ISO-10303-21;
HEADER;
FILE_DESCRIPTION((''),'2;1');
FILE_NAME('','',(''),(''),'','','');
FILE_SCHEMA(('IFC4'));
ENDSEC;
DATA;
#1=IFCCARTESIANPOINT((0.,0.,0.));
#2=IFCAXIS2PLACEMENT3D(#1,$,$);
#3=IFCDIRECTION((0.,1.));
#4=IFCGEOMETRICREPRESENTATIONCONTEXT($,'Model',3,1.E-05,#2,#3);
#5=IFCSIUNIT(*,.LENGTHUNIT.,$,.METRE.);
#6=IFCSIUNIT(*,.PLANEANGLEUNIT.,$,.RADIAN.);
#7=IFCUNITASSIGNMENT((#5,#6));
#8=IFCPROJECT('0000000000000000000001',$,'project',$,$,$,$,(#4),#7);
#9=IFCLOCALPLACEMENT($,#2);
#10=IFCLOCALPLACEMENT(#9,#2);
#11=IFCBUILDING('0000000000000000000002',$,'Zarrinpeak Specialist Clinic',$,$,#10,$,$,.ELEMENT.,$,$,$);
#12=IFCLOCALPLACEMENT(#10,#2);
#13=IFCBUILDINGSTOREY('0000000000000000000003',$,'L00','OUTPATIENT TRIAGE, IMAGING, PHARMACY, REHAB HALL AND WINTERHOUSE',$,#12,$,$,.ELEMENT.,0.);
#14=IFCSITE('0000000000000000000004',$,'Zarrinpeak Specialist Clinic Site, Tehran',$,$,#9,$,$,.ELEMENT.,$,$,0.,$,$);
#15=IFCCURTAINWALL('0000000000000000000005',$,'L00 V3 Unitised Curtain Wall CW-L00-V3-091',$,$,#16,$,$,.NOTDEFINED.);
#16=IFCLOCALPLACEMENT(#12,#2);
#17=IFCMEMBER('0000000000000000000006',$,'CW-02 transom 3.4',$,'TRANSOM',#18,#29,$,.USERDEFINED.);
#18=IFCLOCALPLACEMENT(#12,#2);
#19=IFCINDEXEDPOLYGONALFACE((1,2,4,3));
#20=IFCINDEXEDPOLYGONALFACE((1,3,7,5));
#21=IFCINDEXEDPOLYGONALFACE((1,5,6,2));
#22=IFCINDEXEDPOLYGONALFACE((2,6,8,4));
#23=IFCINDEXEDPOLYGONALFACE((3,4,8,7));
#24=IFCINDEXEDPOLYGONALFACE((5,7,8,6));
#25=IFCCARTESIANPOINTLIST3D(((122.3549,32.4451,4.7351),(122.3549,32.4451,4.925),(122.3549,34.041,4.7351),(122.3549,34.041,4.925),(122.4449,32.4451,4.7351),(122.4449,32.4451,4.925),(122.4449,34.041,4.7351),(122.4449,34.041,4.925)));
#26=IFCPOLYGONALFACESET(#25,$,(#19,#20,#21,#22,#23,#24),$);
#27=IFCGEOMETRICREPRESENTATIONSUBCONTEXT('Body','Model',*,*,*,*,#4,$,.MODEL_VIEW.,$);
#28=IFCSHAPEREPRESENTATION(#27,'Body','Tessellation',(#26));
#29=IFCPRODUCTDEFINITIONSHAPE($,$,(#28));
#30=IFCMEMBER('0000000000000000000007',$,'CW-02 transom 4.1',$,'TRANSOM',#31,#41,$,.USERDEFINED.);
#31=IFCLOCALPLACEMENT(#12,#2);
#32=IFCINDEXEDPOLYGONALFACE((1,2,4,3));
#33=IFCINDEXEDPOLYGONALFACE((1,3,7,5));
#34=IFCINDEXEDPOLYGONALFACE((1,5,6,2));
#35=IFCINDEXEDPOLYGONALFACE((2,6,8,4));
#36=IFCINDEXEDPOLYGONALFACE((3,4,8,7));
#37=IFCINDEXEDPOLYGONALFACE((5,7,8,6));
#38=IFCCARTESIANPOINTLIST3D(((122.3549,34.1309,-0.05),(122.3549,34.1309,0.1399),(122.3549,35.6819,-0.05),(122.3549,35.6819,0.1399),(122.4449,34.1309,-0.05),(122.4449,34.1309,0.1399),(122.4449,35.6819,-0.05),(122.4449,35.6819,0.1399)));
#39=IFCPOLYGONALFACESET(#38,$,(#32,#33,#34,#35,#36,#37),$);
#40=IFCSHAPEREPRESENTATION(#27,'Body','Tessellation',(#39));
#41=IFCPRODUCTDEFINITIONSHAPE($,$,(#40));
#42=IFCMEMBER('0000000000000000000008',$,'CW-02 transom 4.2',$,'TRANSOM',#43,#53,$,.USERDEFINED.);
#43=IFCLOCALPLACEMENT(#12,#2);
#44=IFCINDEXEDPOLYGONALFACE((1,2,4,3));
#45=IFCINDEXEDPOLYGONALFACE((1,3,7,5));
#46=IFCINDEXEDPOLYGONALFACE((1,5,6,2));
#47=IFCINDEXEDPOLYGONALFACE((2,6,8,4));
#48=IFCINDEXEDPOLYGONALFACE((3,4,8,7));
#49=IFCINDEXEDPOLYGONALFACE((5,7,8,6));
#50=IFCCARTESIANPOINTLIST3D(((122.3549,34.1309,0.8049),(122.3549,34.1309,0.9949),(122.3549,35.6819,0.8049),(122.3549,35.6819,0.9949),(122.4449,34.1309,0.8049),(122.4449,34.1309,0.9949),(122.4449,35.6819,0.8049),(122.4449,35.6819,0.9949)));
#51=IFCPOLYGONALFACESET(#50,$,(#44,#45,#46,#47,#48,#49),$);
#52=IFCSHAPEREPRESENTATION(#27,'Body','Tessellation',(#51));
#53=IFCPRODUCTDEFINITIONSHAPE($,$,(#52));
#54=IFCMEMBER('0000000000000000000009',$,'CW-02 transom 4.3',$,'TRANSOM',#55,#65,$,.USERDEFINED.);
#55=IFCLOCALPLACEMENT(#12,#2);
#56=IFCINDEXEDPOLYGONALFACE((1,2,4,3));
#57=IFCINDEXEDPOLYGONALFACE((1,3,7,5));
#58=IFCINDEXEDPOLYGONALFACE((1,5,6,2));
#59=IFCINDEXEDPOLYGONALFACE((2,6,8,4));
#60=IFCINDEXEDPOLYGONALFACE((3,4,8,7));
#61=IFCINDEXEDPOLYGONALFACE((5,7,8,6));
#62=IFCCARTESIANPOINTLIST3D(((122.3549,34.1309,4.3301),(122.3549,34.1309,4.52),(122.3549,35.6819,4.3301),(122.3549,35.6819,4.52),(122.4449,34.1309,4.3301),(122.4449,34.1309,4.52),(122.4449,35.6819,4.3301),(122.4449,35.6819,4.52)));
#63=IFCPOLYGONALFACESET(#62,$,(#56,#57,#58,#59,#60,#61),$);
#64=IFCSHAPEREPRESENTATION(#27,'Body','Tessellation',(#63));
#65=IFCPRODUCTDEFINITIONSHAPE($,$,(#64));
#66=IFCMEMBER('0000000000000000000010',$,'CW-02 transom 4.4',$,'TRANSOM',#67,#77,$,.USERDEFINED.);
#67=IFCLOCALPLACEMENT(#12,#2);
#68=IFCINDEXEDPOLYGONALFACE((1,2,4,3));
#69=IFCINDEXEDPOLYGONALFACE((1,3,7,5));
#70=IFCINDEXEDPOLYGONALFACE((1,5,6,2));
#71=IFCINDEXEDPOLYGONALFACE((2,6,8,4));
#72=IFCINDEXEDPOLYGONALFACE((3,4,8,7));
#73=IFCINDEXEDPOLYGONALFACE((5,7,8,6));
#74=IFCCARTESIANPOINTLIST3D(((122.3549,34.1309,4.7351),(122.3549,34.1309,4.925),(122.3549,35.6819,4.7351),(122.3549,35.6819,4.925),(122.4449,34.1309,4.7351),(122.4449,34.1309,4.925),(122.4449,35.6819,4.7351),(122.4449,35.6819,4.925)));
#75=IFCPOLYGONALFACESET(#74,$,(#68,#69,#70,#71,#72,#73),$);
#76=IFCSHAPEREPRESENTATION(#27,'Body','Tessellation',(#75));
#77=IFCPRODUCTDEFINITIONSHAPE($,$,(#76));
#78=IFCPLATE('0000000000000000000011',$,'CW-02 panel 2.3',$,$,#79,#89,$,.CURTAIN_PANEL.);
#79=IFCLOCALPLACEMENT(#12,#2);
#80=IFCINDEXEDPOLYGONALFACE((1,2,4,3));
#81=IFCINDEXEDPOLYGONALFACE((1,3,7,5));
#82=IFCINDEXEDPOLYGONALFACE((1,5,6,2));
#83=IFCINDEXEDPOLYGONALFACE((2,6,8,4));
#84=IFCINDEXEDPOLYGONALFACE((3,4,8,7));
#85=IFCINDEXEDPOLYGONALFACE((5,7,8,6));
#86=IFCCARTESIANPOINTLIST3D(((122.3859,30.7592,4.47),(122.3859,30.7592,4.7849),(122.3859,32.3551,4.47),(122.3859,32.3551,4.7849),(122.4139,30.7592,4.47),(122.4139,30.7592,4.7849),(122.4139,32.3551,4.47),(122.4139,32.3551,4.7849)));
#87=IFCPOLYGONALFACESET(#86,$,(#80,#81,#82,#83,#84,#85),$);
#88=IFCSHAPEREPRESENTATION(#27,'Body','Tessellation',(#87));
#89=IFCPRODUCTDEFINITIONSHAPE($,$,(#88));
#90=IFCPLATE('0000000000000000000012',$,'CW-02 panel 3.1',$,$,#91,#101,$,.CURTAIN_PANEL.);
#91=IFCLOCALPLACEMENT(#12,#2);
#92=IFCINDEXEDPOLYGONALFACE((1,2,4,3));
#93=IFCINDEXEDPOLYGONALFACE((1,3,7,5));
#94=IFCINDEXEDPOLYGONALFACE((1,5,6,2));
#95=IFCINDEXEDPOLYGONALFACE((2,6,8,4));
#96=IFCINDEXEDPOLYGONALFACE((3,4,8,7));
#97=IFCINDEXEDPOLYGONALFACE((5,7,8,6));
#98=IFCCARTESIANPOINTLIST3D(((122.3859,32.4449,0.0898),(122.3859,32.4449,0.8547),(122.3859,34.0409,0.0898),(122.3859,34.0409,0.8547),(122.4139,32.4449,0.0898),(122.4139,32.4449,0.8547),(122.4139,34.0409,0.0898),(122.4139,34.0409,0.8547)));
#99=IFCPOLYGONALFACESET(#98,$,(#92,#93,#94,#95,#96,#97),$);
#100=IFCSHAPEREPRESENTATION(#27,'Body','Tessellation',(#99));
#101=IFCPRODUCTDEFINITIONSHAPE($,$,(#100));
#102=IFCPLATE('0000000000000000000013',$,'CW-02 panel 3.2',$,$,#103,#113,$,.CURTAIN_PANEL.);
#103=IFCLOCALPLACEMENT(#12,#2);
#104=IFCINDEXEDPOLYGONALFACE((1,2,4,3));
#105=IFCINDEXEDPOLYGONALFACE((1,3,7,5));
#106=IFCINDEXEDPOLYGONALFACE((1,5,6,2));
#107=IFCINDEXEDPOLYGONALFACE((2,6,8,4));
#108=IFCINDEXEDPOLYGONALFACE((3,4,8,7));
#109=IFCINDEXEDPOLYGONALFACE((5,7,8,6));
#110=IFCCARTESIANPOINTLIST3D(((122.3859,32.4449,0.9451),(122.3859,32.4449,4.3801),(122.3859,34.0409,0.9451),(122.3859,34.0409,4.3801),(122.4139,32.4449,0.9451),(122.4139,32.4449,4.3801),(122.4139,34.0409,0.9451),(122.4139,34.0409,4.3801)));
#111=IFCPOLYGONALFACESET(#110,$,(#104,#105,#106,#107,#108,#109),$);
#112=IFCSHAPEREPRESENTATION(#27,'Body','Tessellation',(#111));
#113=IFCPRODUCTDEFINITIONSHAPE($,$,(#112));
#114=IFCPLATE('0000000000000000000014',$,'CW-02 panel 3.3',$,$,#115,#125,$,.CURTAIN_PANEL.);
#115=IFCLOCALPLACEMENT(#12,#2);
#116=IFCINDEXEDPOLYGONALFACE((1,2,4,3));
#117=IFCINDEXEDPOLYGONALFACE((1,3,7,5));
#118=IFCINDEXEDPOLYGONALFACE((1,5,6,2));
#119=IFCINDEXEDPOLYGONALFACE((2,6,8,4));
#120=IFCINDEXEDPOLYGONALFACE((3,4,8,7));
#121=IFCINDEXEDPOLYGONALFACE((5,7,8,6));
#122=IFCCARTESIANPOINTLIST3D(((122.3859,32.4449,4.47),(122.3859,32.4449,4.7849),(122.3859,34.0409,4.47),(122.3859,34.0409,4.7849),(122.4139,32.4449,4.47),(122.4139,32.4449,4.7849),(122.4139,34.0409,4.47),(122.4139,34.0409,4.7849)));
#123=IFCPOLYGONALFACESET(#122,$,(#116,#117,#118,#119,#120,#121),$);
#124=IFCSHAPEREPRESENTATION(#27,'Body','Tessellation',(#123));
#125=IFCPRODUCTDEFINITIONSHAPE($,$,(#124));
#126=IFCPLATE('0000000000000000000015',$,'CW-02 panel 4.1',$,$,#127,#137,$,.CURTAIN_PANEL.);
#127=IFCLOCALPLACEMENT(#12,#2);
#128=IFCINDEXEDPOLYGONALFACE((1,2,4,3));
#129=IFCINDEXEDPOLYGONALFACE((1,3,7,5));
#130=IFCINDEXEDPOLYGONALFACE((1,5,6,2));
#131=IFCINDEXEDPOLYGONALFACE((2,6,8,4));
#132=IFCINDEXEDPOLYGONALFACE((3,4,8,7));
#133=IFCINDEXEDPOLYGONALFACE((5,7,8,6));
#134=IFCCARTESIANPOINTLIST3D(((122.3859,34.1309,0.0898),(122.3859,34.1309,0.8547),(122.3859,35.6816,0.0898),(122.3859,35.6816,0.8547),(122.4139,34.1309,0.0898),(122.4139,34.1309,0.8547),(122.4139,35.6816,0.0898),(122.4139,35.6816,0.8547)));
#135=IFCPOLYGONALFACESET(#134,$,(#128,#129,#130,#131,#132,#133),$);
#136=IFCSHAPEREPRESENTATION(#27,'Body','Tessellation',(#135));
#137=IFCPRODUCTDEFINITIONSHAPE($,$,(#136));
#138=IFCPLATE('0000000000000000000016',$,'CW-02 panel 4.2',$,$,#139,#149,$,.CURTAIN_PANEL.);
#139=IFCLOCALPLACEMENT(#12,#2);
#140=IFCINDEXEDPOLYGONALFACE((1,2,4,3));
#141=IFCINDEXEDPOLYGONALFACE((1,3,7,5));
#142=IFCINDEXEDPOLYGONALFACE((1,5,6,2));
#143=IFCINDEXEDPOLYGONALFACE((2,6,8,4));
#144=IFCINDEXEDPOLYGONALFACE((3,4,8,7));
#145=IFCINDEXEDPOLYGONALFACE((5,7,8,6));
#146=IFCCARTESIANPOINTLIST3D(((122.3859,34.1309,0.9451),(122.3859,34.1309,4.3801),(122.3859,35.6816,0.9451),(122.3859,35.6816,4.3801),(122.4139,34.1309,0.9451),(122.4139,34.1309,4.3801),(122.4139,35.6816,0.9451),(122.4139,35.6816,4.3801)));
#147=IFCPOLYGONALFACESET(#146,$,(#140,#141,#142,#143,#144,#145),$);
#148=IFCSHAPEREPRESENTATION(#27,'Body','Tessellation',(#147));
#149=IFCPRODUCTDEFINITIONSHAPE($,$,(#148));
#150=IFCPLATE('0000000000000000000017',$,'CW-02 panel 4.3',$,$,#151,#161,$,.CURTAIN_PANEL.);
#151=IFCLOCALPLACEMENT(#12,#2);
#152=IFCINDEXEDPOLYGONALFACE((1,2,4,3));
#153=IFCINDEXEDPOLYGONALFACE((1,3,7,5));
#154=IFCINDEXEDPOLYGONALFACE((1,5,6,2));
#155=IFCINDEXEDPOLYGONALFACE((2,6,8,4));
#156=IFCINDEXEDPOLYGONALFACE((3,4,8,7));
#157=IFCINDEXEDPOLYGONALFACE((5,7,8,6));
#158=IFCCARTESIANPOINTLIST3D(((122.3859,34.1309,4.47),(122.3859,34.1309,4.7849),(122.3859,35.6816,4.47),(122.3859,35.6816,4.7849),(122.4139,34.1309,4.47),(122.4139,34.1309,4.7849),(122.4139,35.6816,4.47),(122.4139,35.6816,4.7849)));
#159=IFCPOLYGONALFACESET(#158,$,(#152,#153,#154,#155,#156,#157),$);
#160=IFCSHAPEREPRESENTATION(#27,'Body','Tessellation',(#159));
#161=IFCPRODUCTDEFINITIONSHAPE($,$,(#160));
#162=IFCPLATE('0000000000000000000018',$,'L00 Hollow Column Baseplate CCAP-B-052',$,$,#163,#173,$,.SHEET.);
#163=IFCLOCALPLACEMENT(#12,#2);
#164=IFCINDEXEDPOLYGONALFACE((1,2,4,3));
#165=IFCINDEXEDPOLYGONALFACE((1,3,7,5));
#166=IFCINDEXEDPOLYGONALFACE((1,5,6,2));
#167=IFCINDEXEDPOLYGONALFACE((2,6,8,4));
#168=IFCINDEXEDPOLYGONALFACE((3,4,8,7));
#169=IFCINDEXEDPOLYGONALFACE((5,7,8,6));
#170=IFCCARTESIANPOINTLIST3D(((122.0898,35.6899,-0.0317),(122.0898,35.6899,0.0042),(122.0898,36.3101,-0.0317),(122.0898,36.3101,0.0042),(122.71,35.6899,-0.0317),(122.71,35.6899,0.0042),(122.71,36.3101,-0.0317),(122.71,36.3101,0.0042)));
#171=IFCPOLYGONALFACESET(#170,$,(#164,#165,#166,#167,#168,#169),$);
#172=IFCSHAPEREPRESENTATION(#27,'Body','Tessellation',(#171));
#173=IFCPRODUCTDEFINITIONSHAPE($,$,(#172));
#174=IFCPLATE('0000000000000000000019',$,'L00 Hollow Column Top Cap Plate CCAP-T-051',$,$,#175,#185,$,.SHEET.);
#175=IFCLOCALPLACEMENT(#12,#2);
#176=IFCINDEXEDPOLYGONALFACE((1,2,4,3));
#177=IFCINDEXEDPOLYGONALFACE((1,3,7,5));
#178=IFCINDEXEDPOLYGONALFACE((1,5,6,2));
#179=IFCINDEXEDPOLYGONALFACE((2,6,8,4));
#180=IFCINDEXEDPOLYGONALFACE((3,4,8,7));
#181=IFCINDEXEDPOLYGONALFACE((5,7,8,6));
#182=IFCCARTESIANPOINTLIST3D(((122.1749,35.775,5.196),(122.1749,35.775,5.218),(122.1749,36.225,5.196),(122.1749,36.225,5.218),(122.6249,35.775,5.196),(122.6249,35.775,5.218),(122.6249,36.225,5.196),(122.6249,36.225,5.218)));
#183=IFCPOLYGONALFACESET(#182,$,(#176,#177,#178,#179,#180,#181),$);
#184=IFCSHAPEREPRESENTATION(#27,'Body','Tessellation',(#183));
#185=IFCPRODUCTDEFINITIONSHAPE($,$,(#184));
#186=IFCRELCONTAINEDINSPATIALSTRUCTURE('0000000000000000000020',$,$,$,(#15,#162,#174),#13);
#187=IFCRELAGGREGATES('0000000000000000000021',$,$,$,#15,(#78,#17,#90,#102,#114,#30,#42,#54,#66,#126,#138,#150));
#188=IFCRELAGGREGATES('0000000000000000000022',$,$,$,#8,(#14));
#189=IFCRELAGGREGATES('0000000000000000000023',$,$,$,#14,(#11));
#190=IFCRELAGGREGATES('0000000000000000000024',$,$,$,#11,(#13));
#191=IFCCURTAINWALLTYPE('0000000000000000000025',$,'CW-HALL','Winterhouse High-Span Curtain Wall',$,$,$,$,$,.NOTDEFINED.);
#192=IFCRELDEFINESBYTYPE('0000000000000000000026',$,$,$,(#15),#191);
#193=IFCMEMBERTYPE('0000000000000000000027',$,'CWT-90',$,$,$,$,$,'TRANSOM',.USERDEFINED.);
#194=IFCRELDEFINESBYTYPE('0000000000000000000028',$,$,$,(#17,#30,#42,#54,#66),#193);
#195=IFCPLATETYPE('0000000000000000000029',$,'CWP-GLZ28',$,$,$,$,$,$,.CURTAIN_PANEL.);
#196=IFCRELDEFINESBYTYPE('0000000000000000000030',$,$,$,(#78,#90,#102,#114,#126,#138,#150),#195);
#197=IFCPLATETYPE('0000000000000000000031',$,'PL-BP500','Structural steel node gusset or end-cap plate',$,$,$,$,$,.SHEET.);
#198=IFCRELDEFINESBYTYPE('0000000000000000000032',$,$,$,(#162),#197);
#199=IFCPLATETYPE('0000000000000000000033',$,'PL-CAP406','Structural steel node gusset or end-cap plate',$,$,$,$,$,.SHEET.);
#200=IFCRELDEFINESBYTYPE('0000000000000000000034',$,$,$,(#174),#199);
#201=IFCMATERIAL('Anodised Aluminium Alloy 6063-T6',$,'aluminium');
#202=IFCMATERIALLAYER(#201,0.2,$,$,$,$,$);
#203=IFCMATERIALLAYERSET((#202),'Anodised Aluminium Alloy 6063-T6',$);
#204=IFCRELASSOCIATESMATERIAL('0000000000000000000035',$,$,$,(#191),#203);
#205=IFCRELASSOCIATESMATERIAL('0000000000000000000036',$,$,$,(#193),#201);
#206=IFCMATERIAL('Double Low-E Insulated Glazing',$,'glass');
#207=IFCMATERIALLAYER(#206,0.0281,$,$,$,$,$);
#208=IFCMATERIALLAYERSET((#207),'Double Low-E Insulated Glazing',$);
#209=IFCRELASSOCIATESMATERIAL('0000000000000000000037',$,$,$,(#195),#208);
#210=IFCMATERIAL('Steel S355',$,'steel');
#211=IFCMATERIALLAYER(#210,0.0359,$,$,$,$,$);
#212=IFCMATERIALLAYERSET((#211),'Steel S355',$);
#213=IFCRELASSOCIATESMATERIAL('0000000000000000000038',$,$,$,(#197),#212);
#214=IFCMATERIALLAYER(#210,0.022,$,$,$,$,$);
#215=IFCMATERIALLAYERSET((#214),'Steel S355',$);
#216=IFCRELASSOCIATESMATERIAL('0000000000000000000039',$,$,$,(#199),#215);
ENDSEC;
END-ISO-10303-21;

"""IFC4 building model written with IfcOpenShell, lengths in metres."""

from ifc_helpers import new_model, si_unit, direction, frame, origin, origin_2d, place, context, subcontext, project, spatial, rectangle, extrude, material, layer, layer_set, material_profile, profile_set, type_object, element, aggregate, save


model = new_model("IFC4")

# Units and contexts
model_context = context("Model", 3, precision=1e-05, world=origin(), true_north=direction((0.0, 1.0)))
body_context = subcontext(model_context, "Body", "Model", "MODEL_VIEW")
ifc_project = project(units=[si_unit("LENGTHUNIT", "METRE"), si_unit("PLANEANGLEUNIT", "RADIAN")], contexts=[model_context])

# Site, building, storey
site_placement = place(None, origin())
site = spatial("IfcSite", under=ifc_project, at=site_placement, Name="Zarrinpeak Specialist Clinic Site, Tehran", CompositionType="ELEMENT", RefElevation=0.0)
building_placement = place(site_placement, origin())
building = spatial("IfcBuilding", under=site, at=building_placement, Name="Zarrinpeak Specialist Clinic", CompositionType="ELEMENT")
storey_placement = place(building_placement, origin())
storey = spatial("IfcBuildingStorey", under=building, at=storey_placement, Name="L00", Description="OUTPATIENT TRIAGE, IMAGING, PHARMACY, REHAB HALL AND WINTERHOUSE", CompositionType="ELEMENT", Elevation=0.0)

# Shared definitions
ifc_material_1 = material(Name="Steel S355", Category="steel")

# Curtain wall, members, plates
ifc_material_2 = material(Name="Anodised Aluminium Alloy 6063-T6", Category="aluminium")
ifc_layer_1 = layer(ifc_material_2, 0.2)
ifc_layer_set_1 = layer_set([ifc_layer_1], Name="Anodised Aluminium Alloy 6063-T6")
curtain_wall_type = type_object("IfcCurtainWallType", Name="CW-HALL", Description="Winterhouse High-Span Curtain Wall", PredefinedType="NOTDEFINED", material=ifc_layer_set_1)
curtain_wall_placement = place(storey_placement, origin())
curtain_wall = element("IfcCurtainWall", 1, at=curtain_wall_placement, inside=storey, type_object=curtain_wall_type, Name="L00 V3 Unitised Curtain Wall CW-L00-V3-091", PredefinedType="NOTDEFINED")
ifc_material_profile_1 = material_profile(ifc_material_2, rectangle(XDim=0.0901, YDim=0.1899, at=origin_2d()), Name="ALU 90x190")
ifc_profile_set_1 = profile_set([ifc_material_profile_1], Name="Anodised Aluminium Alloy 6063-T6")
member_type_1 = type_object("IfcMemberType", Name="CWT-90", ElementType="TRANSOM", PredefinedType="USERDEFINED", material=ifc_profile_set_1)
member_1_placement = place(storey_placement, frame((122.3999, 32.4451, 4.8301), z_axis=(0.0, 1.0, 0.0), x_axis=(-1.0, 0.0, 0.0)))
member_1 = element("IfcMember", 2, at=member_1_placement, type_object=member_type_1, Name="CW-02 transom 3.4", ObjectType="TRANSOM", PredefinedType="USERDEFINED", context=body_context, shape_type="SweptSolid", body=[
    extrude(rectangle(XDim=0.0901, YDim=0.1899, at=origin_2d()), origin(), (0.0, 0.0, 1.0), 1.5959),
])
member_2_placement = place(storey_placement, frame((122.3999, 34.1309, 0.0449), z_axis=(0.0, 1.0, 0.0), x_axis=(-1.0, 0.0, 0.0)))
member_2 = element("IfcMember", 3, at=member_2_placement, type_object=member_type_1, Name="CW-02 transom 4.1", ObjectType="TRANSOM", PredefinedType="USERDEFINED", context=body_context, shape_type="SweptSolid", body=[
    extrude(rectangle(XDim=0.0901, YDim=0.1899, at=origin_2d()), origin(), (0.0, 0.0, 1.0), 1.551),
])
member_3_placement = place(storey_placement, frame((122.3999, 34.1309, 0.8999), z_axis=(0.0, 1.0, 0.0), x_axis=(-1.0, 0.0, 0.0)))
member_3 = element("IfcMember", 4, at=member_3_placement, type_object=member_type_1, Name="CW-02 transom 4.2", ObjectType="TRANSOM", PredefinedType="USERDEFINED", context=body_context, shape_type="SweptSolid", body=[
    extrude(rectangle(XDim=0.0901, YDim=0.1899, at=origin_2d()), origin(), (0.0, 0.0, 1.0), 1.551),
])
member_4_placement = place(storey_placement, frame((122.3999, 34.1309, 4.425), z_axis=(0.0, 1.0, 0.0), x_axis=(-1.0, 0.0, 0.0)))
member_4 = element("IfcMember", 5, at=member_4_placement, type_object=member_type_1, Name="CW-02 transom 4.3", ObjectType="TRANSOM", PredefinedType="USERDEFINED", context=body_context, shape_type="SweptSolid", body=[
    extrude(rectangle(XDim=0.0901, YDim=0.1899, at=origin_2d()), origin(), (0.0, 0.0, 1.0), 1.551),
])
member_5_placement = place(storey_placement, frame((122.3999, 34.1309, 4.8301), z_axis=(0.0, 1.0, 0.0), x_axis=(-1.0, 0.0, 0.0)))
member_5 = element("IfcMember", 6, at=member_5_placement, type_object=member_type_1, Name="CW-02 transom 4.4", ObjectType="TRANSOM", PredefinedType="USERDEFINED", context=body_context, shape_type="SweptSolid", body=[
    extrude(rectangle(XDim=0.0901, YDim=0.1899, at=origin_2d()), origin(), (0.0, 0.0, 1.0), 1.551),
])
ifc_material_3 = material(Name="Double Low-E Insulated Glazing", Category="glass")
ifc_layer_2 = layer(ifc_material_3, 0.0281)
ifc_layer_set_2 = layer_set([ifc_layer_2], Name="Double Low-E Insulated Glazing")
plate_type_1 = type_object("IfcPlateType", Name="CWP-GLZ28", PredefinedType="CURTAIN_PANEL", material=ifc_layer_set_2)
plate_1_placement = place(storey_placement, frame((122.3999, 31.5571, 4.47), z_axis=(0.0, 0.0, 1.0), x_axis=(0.0, 1.0, 0.0)))
plate_1 = element("IfcPlate", 7, at=plate_1_placement, type_object=plate_type_1, Name="CW-02 panel 2.3", PredefinedType="CURTAIN_PANEL", context=body_context, shape_type="SweptSolid", body=[
    extrude(rectangle(XDim=1.5959, YDim=0.0281, at=origin_2d()), origin(), (0.0, 0.0, 1.0), 0.3149),
])
plate_2_placement = place(storey_placement, frame((122.3999, 33.2429, 0.0898), z_axis=(0.0, 0.0, 1.0), x_axis=(0.0, 1.0, 0.0)))
plate_2 = element("IfcPlate", 8, at=plate_2_placement, type_object=plate_type_1, Name="CW-02 panel 3.1", PredefinedType="CURTAIN_PANEL", context=body_context, shape_type="SweptSolid", body=[
    extrude(rectangle(XDim=1.5959, YDim=0.0281, at=origin_2d()), origin(), (0.0, 0.0, 1.0), 0.7649),
])
plate_3_placement = place(storey_placement, frame((122.3999, 33.2429, 0.9451), z_axis=(0.0, 0.0, 1.0), x_axis=(0.0, 1.0, 0.0)))
plate_3 = element("IfcPlate", 9, at=plate_3_placement, type_object=plate_type_1, Name="CW-02 panel 3.2", PredefinedType="CURTAIN_PANEL", context=body_context, shape_type="SweptSolid", body=[
    extrude(rectangle(XDim=1.5959, YDim=0.0281, at=origin_2d()), origin(), (0.0, 0.0, 1.0), 3.4351),
])
plate_4_placement = place(storey_placement, frame((122.3999, 33.2429, 4.47), z_axis=(0.0, 0.0, 1.0), x_axis=(0.0, 1.0, 0.0)))
plate_4 = element("IfcPlate", 10, at=plate_4_placement, type_object=plate_type_1, Name="CW-02 panel 3.3", PredefinedType="CURTAIN_PANEL", context=body_context, shape_type="SweptSolid", body=[
    extrude(rectangle(XDim=1.5959, YDim=0.0281, at=origin_2d()), origin(), (0.0, 0.0, 1.0), 0.3149),
])
plate_5_placement = place(storey_placement, frame((122.3999, 34.9062, 0.0898), z_axis=(0.0, 0.0, 1.0), x_axis=(0.0, 1.0, 0.0)))
plate_5 = element("IfcPlate", 11, at=plate_5_placement, type_object=plate_type_1, Name="CW-02 panel 4.1", PredefinedType="CURTAIN_PANEL", context=body_context, shape_type="SweptSolid", body=[
    extrude(rectangle(XDim=1.5508, YDim=0.0281, at=origin_2d()), origin(), (0.0, 0.0, 1.0), 0.7649),
])
plate_6_placement = place(storey_placement, frame((122.3999, 34.9062, 0.9451), z_axis=(0.0, 0.0, 1.0), x_axis=(0.0, 1.0, 0.0)))
plate_6 = element("IfcPlate", 12, at=plate_6_placement, type_object=plate_type_1, Name="CW-02 panel 4.2", PredefinedType="CURTAIN_PANEL", context=body_context, shape_type="SweptSolid", body=[
    extrude(rectangle(XDim=1.5508, YDim=0.0281, at=origin_2d()), origin(), (0.0, 0.0, 1.0), 3.4351),
])
plate_7_placement = place(storey_placement, frame((122.3999, 34.9062, 4.47), z_axis=(0.0, 0.0, 1.0), x_axis=(0.0, 1.0, 0.0)))
plate_7 = element("IfcPlate", 13, at=plate_7_placement, type_object=plate_type_1, Name="CW-02 panel 4.3", PredefinedType="CURTAIN_PANEL", context=body_context, shape_type="SweptSolid", body=[
    extrude(rectangle(XDim=1.5508, YDim=0.0281, at=origin_2d()), origin(), (0.0, 0.0, 1.0), 0.3149),
])
aggregate(curtain_wall, [plate_1, member_1, plate_2, plate_3, plate_4, member_2, member_3, member_4, member_5, plate_5, plate_6, plate_7])

# Plates
ifc_layer_3 = layer(ifc_material_1, 0.0359)
ifc_layer_set_3 = layer_set([ifc_layer_3], Name="Steel S355")
plate_type_2 = type_object("IfcPlateType", Name="PL-BP500", Description="Structural steel node gusset or end-cap plate", PredefinedType="SHEET", material=ifc_layer_set_3)
plate_8_placement = place(storey_placement, frame((122.3999, 36.0, -0.0317), z_axis=(0.0, 0.0, 1.0), x_axis=(1.0, 0.0, 0.0)))
element("IfcPlate", 14, at=plate_8_placement, inside=storey, type_object=plate_type_2, Name="L00 Hollow Column Baseplate CCAP-B-052", PredefinedType="SHEET", context=body_context, shape_type="SweptSolid", body=[
    extrude(rectangle(XDim=0.6201, YDim=0.6201, at=origin_2d()), origin(), (0.0, 0.0, 1.0), 0.0359),
])
ifc_layer_4 = layer(ifc_material_1, 0.022)
ifc_layer_set_4 = layer_set([ifc_layer_4], Name="Steel S355")
plate_type_3 = type_object("IfcPlateType", Name="PL-CAP406", Description="Structural steel node gusset or end-cap plate", PredefinedType="SHEET", material=ifc_layer_set_4)
plate_9_placement = place(storey_placement, frame((122.3999, 36.0, 5.196), z_axis=(0.0, 0.0, 1.0), x_axis=(1.0, 0.0, 0.0)))
element("IfcPlate", 15, at=plate_9_placement, inside=storey, type_object=plate_type_3, Name="L00 Hollow Column Top Cap Plate CCAP-T-051", PredefinedType="SHEET", context=body_context, shape_type="SweptSolid", body=[
    extrude(rectangle(XDim=0.45, YDim=0.45, at=origin_2d()), origin(), (0.0, 0.0, 1.0), 0.022),
])

save(model, "model.ifc")
